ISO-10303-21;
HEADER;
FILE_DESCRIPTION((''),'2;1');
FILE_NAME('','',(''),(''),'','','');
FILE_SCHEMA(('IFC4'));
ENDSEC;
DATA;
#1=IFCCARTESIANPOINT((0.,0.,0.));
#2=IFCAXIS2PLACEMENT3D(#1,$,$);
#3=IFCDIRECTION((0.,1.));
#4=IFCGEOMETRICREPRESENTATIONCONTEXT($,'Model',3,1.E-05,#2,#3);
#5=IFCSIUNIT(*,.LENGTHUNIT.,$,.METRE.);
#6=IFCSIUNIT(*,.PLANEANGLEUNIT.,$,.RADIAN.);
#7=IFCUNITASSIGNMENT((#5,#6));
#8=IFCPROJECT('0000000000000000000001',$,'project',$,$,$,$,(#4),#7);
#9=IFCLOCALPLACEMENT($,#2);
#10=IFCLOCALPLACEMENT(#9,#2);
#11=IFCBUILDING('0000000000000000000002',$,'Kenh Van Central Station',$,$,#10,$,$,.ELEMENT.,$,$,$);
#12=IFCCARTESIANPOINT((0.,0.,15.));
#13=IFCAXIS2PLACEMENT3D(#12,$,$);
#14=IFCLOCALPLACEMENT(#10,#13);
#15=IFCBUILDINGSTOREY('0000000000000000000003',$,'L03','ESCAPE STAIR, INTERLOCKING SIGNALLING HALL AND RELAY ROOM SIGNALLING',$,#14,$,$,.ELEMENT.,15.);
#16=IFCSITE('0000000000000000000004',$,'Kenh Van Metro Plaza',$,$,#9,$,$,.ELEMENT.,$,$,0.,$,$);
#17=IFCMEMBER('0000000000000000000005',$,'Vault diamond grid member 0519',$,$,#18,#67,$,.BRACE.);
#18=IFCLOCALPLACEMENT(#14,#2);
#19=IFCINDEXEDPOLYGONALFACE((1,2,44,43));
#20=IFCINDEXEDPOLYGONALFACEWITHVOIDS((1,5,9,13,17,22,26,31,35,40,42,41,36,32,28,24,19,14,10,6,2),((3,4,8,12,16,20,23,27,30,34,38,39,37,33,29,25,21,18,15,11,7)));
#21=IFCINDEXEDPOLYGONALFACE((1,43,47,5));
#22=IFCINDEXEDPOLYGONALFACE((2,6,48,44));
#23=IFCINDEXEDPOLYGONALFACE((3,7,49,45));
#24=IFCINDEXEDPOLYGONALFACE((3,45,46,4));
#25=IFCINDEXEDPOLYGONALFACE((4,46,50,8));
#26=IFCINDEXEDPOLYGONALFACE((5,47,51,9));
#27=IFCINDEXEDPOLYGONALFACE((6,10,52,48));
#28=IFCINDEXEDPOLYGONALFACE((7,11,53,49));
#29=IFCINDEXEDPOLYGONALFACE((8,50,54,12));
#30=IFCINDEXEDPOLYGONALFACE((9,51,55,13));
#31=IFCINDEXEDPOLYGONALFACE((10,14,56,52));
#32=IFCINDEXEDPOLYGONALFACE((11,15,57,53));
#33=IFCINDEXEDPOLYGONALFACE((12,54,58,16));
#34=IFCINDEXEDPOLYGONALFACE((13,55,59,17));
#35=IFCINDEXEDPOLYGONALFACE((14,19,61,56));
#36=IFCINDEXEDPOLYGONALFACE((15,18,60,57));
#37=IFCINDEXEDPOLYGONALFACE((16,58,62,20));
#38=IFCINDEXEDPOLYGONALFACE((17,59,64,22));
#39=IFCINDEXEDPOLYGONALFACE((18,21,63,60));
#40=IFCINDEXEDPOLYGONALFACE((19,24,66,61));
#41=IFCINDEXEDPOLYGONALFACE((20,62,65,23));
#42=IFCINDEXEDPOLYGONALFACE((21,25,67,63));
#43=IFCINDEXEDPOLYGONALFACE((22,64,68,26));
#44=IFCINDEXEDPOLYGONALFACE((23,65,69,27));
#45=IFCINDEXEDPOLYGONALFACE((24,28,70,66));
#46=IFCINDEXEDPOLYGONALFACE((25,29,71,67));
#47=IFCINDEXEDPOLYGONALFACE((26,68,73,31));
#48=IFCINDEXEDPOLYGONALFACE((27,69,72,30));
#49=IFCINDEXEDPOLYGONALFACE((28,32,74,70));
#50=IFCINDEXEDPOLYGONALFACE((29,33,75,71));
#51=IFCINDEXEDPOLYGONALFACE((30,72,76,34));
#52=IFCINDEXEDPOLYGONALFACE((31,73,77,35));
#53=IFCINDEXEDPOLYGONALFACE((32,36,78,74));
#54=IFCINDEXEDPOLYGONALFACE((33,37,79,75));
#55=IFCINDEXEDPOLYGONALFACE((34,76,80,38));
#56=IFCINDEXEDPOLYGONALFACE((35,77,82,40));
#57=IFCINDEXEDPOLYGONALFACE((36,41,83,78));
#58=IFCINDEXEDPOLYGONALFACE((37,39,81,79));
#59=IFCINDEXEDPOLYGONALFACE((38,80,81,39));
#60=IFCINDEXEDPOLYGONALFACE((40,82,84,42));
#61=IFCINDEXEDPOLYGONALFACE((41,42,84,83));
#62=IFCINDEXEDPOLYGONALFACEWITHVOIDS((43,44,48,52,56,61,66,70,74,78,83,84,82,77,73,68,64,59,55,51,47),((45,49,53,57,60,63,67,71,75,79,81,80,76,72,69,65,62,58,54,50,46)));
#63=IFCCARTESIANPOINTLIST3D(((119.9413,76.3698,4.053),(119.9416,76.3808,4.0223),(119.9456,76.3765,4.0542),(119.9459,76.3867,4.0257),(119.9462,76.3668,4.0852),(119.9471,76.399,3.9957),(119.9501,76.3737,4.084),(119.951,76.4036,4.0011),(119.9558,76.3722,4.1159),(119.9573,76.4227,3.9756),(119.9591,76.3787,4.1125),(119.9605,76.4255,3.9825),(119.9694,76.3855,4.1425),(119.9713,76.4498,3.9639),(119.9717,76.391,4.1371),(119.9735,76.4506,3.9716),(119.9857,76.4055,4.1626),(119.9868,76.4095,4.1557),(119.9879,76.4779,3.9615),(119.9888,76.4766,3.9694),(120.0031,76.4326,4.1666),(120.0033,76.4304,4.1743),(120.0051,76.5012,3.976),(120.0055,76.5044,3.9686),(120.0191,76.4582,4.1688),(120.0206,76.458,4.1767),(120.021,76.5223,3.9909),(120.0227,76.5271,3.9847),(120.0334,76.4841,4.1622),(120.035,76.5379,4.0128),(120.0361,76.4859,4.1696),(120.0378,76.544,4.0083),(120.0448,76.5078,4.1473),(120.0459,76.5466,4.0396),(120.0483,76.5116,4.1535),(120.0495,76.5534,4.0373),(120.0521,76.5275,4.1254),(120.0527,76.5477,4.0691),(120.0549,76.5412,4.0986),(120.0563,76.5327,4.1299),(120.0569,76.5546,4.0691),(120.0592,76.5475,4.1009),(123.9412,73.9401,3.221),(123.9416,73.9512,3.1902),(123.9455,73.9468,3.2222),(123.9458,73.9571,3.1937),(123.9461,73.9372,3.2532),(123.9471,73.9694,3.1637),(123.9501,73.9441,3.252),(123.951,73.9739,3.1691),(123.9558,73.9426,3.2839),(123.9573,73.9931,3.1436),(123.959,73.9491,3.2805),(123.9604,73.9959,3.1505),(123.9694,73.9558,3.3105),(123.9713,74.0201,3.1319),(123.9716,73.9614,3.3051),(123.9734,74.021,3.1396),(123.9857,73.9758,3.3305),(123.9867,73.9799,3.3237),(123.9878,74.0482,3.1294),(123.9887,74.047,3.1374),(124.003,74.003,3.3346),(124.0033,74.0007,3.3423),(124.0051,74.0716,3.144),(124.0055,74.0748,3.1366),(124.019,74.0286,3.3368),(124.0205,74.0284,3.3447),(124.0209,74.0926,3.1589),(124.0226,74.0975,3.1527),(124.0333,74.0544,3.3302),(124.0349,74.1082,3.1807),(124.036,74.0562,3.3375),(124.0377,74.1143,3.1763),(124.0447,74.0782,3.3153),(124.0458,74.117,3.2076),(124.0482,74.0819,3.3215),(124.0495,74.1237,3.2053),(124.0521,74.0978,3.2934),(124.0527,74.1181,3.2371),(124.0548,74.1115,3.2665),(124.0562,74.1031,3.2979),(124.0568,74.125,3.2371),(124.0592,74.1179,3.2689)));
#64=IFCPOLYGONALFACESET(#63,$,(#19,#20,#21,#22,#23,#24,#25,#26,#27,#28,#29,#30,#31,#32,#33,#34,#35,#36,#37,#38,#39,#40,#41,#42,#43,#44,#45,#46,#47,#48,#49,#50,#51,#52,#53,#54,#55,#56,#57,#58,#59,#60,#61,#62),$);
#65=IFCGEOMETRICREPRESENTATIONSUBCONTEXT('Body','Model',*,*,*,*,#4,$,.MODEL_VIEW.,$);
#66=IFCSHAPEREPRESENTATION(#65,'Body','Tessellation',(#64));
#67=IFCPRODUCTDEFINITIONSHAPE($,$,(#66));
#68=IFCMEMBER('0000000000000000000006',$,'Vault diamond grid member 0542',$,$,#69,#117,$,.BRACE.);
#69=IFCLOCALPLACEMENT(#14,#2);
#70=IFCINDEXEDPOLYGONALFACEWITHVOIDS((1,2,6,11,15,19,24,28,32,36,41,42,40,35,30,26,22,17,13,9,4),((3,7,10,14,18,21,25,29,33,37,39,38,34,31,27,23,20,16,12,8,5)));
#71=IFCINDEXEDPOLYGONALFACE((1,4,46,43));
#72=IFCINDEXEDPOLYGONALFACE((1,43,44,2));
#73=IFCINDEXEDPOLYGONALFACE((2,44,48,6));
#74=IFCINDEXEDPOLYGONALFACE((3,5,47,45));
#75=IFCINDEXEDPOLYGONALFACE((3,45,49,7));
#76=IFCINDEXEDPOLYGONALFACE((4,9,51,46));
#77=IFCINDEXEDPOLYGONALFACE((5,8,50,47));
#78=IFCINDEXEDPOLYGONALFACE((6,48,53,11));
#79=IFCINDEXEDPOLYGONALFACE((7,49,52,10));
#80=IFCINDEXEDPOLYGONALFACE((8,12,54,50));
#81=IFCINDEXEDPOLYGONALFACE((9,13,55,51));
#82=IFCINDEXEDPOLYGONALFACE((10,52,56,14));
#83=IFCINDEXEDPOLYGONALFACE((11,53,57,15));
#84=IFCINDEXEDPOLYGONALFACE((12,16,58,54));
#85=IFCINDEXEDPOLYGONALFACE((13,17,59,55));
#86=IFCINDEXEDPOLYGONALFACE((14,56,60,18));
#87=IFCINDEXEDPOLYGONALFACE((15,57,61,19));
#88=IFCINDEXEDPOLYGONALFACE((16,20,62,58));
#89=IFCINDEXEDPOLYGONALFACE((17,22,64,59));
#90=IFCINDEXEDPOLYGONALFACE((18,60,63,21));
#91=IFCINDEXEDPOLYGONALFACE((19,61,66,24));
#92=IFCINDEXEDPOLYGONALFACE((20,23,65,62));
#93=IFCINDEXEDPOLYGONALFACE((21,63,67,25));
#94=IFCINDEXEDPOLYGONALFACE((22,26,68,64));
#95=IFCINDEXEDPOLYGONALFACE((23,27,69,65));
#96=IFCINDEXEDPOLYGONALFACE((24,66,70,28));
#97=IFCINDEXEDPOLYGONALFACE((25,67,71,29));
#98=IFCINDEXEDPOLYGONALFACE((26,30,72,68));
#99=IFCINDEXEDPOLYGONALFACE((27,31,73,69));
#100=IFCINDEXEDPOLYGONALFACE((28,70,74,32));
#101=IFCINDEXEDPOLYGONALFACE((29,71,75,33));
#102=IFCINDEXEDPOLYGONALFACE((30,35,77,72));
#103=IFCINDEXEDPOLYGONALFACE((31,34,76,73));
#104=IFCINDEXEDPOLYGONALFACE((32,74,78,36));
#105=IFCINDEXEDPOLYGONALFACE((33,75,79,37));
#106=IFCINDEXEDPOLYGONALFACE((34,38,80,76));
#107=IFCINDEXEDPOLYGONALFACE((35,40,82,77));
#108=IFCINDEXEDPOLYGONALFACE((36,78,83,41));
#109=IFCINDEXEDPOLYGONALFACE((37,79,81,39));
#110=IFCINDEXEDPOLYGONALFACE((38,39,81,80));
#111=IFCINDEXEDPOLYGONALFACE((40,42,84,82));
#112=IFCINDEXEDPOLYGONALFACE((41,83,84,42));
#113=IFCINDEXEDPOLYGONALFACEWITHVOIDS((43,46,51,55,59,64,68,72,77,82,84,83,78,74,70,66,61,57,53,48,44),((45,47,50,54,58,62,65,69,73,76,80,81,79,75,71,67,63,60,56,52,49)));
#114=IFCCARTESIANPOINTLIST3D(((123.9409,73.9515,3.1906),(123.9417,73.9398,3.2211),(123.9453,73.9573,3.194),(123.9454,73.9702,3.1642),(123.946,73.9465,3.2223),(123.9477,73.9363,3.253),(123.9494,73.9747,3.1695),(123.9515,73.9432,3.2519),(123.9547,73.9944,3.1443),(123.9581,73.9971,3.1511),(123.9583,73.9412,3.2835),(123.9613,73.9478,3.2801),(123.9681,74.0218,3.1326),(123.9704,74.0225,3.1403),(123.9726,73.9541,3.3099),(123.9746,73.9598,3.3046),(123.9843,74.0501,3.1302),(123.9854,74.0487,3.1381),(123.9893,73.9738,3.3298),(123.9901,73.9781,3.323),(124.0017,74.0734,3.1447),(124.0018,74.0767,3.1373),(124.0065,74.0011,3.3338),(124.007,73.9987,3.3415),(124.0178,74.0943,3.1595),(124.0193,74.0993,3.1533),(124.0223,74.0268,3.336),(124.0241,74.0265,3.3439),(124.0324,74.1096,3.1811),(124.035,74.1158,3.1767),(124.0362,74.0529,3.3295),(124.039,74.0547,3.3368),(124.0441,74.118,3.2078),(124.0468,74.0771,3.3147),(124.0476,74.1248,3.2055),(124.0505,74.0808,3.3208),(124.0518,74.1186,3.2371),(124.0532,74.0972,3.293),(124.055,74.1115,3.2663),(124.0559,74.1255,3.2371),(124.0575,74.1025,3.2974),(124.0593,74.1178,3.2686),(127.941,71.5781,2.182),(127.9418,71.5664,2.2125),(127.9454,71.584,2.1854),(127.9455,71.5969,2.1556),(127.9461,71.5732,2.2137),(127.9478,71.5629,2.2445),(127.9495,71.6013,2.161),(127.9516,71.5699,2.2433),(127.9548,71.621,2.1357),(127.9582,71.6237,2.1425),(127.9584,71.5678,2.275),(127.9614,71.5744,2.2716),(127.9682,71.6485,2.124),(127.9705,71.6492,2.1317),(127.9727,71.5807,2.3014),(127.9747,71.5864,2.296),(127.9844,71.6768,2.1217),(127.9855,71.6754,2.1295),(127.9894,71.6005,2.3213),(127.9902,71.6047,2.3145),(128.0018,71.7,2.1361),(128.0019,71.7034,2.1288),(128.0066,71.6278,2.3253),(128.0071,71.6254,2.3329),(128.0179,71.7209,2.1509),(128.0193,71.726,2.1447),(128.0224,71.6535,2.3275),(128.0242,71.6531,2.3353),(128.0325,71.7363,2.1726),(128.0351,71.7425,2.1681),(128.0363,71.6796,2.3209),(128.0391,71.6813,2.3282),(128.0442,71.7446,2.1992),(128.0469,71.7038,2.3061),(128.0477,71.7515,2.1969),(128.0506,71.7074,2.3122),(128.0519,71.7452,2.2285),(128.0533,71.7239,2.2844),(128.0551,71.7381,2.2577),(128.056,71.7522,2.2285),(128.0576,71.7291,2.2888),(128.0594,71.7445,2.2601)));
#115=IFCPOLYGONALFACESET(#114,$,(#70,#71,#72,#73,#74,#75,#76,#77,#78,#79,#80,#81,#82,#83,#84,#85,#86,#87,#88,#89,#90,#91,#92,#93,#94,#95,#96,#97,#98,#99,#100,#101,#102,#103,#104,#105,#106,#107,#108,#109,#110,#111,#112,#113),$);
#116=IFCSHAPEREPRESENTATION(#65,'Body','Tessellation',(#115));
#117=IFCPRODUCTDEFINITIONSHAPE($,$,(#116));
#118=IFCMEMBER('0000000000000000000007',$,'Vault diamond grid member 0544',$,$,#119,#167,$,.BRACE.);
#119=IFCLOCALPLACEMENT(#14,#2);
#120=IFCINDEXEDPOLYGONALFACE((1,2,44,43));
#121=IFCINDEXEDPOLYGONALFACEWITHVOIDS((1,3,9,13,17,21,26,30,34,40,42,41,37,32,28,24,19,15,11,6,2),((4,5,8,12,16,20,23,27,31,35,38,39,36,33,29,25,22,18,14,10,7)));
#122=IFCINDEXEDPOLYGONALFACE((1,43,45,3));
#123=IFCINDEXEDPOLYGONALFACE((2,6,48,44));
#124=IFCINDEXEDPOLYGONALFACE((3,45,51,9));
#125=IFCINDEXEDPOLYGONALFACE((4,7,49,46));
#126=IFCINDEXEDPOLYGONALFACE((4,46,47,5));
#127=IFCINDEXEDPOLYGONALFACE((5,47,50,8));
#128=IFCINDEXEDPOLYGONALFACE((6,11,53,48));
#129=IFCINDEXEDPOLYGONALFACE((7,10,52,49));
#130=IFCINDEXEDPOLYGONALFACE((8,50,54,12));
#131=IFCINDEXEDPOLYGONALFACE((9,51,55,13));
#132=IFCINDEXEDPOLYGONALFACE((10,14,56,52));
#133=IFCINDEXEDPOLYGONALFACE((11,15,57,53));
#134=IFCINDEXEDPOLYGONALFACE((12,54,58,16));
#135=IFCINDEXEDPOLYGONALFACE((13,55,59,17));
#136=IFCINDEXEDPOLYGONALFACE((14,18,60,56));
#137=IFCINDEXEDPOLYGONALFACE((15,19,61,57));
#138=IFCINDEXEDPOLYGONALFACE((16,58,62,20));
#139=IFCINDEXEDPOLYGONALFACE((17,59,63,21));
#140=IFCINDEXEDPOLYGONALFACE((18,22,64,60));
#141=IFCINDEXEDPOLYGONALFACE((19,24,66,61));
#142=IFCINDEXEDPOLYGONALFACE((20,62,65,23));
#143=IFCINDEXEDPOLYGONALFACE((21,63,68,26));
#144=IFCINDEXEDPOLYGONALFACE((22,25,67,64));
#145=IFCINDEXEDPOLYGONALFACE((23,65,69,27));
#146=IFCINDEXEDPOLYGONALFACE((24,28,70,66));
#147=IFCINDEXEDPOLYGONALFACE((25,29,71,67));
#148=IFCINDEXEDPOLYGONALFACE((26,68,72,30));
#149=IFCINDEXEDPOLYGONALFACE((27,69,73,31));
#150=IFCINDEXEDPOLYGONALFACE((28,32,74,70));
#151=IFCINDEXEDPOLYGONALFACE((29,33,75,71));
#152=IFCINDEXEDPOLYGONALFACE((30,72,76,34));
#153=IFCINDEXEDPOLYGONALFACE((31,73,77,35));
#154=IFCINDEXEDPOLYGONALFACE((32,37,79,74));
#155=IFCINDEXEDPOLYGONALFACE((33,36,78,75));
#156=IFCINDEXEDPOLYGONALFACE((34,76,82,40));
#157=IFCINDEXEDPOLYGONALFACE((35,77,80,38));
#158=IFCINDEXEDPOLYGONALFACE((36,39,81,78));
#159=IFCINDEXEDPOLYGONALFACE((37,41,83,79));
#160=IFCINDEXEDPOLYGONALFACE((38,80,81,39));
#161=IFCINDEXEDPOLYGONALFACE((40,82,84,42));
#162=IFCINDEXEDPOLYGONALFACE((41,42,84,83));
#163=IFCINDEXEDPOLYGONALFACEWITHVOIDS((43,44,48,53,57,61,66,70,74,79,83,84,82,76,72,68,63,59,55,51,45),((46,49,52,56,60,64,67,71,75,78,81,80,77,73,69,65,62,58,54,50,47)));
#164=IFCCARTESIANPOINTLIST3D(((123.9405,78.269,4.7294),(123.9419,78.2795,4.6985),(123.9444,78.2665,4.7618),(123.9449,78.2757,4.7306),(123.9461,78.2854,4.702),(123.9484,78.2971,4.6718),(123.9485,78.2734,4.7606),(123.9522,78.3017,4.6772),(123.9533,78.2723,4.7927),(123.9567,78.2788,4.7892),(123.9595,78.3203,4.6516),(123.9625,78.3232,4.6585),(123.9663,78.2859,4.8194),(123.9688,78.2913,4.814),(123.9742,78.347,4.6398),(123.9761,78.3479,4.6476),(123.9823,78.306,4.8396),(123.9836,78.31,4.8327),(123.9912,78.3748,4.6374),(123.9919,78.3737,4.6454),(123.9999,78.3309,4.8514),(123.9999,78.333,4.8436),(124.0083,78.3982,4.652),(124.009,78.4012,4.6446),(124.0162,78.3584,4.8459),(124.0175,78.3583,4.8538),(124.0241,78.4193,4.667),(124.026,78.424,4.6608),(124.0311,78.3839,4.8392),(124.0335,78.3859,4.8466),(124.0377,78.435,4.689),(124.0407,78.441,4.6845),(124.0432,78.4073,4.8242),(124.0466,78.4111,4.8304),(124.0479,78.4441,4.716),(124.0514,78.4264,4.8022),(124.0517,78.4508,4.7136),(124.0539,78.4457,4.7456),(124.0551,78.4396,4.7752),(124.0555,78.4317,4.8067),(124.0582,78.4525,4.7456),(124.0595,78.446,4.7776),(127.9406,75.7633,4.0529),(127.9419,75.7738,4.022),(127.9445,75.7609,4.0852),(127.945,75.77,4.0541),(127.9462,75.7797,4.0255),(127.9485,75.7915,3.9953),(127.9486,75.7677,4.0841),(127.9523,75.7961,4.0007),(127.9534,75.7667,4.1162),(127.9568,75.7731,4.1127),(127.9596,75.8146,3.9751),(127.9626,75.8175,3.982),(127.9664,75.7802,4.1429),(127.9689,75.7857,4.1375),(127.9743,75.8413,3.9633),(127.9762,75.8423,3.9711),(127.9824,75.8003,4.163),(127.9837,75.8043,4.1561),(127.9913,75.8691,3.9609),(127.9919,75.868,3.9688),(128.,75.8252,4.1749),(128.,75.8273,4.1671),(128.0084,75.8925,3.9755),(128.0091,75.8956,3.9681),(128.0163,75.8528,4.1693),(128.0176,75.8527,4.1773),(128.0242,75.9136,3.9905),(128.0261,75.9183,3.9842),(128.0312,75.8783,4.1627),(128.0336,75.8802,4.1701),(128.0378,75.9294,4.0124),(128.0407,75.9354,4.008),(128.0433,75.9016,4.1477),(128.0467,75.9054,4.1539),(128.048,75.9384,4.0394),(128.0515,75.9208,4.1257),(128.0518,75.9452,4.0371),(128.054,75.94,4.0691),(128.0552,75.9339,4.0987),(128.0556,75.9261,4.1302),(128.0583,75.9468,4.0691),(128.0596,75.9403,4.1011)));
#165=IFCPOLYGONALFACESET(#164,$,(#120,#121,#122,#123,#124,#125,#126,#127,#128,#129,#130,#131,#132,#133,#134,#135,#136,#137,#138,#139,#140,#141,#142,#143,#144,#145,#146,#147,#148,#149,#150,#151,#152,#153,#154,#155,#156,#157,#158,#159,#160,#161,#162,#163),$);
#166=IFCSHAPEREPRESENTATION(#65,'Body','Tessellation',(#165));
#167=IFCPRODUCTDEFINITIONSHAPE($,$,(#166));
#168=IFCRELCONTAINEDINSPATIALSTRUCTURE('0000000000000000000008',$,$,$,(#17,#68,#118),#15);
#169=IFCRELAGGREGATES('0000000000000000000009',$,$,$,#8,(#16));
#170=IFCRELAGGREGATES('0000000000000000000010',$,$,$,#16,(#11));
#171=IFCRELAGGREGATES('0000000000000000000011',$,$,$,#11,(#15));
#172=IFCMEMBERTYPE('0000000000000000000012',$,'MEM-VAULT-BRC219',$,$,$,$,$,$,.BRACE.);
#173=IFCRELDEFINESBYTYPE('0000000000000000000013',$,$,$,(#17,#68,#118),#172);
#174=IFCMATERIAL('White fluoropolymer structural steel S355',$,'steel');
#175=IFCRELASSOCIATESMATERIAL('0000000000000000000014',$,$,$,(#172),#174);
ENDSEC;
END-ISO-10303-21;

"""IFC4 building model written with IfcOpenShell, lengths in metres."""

from ifc_helpers import new_model, si_unit, direction, frame, origin, origin_2d, place, context, subcontext, project, spatial, hollow_circle, extrude, material, material_profile, profile_set, type_object, element, save


model = new_model("IFC4")

# Units and contexts
model_context = context("Model", 3, precision=1e-05, world=origin(), true_north=direction((0.0, 1.0)))
body_context = subcontext(model_context, "Body", "Model", "MODEL_VIEW")
ifc_project = project(units=[si_unit("LENGTHUNIT", "METRE"), si_unit("PLANEANGLEUNIT", "RADIAN")], contexts=[model_context])

# Site, building, storey
site_placement = place(None, origin())
site = spatial("IfcSite", under=ifc_project, at=site_placement, Name="Kenh Van Metro Plaza", CompositionType="ELEMENT", RefElevation=0.0)
building_placement = place(site_placement, origin())
building = spatial("IfcBuilding", under=site, at=building_placement, Name="Kenh Van Central Station", CompositionType="ELEMENT")
storey_placement = place(building_placement, frame((0.0, 0.0, 15.0)))
storey = spatial("IfcBuildingStorey", under=building, at=storey_placement, Name="L03", Description="ESCAPE STAIR, INTERLOCKING SIGNALLING HALL AND RELAY ROOM SIGNALLING", CompositionType="ELEMENT", Elevation=15.0)

# Shared definitions
ifc_material_1 = material(Name="White fluoropolymer structural steel S355", Category="steel")

# Members
ifc_material_profile_1 = material_profile(ifc_material_1, hollow_circle(Radius=0.1096, WallThickness=0.0081, at=origin_2d()), Name="CHS 219.1x8")
ifc_profile_set_1 = profile_set([ifc_material_profile_1], Name="White fluoropolymer structural steel S355")
member_type_1 = type_object("IfcMemberType", Name="MEM-VAULT-BRC219", PredefinedType="BRACE", material=ifc_profile_set_1)
member_1_placement = place(storey_placement, frame((120.0, 76.4609, 4.0691), z_axis=(0.841487, -0.511138, -0.175036), x_axis=(0.519152, 0.854682, 0.0)))
element("IfcMember", 1, at=member_1_placement, inside=storey, type_object=member_type_1, Name="Vault diamond grid member 0519", PredefinedType="BRACE", context=body_context, shape_type="SweptSolid", body=[
    extrude(hollow_circle(Radius=0.1096, WallThickness=0.0081, at=origin_2d()), origin(), (0.0, 0.0, 1.0), 4.7534),
])
member_2_placement = place(storey_placement, frame((124.0, 74.0312, 3.2371), z_axis=(0.840483, -0.498678, -0.211916), x_axis=(0.510267, 0.860016, 0.0)))
element("IfcMember", 2, at=member_2_placement, inside=storey, type_object=member_type_1, Name="Vault diamond grid member 0542", PredefinedType="BRACE", context=body_context, shape_type="SweptSolid", body=[
    extrude(hollow_circle(Radius=0.1096, WallThickness=0.0081, at=origin_2d()), origin(), (0.0, 0.0, 1.0), 4.7593),
])
member_3_placement = place(storey_placement, frame((124.0, 78.3596, 4.7456), z_axis=(0.83889, -0.525484, -0.14188), x_axis=(0.530854, 0.847463, 0.0)))
element("IfcMember", 3, at=member_3_placement, inside=storey, type_object=member_type_1, Name="Vault diamond grid member 0544", PredefinedType="BRACE", context=body_context, shape_type="SweptSolid", body=[
    extrude(hollow_circle(Radius=0.1096, WallThickness=0.0081, at=origin_2d()), origin(), (0.0, 0.0, 1.0), 4.7683),
])

save(model, "model.ifc")
